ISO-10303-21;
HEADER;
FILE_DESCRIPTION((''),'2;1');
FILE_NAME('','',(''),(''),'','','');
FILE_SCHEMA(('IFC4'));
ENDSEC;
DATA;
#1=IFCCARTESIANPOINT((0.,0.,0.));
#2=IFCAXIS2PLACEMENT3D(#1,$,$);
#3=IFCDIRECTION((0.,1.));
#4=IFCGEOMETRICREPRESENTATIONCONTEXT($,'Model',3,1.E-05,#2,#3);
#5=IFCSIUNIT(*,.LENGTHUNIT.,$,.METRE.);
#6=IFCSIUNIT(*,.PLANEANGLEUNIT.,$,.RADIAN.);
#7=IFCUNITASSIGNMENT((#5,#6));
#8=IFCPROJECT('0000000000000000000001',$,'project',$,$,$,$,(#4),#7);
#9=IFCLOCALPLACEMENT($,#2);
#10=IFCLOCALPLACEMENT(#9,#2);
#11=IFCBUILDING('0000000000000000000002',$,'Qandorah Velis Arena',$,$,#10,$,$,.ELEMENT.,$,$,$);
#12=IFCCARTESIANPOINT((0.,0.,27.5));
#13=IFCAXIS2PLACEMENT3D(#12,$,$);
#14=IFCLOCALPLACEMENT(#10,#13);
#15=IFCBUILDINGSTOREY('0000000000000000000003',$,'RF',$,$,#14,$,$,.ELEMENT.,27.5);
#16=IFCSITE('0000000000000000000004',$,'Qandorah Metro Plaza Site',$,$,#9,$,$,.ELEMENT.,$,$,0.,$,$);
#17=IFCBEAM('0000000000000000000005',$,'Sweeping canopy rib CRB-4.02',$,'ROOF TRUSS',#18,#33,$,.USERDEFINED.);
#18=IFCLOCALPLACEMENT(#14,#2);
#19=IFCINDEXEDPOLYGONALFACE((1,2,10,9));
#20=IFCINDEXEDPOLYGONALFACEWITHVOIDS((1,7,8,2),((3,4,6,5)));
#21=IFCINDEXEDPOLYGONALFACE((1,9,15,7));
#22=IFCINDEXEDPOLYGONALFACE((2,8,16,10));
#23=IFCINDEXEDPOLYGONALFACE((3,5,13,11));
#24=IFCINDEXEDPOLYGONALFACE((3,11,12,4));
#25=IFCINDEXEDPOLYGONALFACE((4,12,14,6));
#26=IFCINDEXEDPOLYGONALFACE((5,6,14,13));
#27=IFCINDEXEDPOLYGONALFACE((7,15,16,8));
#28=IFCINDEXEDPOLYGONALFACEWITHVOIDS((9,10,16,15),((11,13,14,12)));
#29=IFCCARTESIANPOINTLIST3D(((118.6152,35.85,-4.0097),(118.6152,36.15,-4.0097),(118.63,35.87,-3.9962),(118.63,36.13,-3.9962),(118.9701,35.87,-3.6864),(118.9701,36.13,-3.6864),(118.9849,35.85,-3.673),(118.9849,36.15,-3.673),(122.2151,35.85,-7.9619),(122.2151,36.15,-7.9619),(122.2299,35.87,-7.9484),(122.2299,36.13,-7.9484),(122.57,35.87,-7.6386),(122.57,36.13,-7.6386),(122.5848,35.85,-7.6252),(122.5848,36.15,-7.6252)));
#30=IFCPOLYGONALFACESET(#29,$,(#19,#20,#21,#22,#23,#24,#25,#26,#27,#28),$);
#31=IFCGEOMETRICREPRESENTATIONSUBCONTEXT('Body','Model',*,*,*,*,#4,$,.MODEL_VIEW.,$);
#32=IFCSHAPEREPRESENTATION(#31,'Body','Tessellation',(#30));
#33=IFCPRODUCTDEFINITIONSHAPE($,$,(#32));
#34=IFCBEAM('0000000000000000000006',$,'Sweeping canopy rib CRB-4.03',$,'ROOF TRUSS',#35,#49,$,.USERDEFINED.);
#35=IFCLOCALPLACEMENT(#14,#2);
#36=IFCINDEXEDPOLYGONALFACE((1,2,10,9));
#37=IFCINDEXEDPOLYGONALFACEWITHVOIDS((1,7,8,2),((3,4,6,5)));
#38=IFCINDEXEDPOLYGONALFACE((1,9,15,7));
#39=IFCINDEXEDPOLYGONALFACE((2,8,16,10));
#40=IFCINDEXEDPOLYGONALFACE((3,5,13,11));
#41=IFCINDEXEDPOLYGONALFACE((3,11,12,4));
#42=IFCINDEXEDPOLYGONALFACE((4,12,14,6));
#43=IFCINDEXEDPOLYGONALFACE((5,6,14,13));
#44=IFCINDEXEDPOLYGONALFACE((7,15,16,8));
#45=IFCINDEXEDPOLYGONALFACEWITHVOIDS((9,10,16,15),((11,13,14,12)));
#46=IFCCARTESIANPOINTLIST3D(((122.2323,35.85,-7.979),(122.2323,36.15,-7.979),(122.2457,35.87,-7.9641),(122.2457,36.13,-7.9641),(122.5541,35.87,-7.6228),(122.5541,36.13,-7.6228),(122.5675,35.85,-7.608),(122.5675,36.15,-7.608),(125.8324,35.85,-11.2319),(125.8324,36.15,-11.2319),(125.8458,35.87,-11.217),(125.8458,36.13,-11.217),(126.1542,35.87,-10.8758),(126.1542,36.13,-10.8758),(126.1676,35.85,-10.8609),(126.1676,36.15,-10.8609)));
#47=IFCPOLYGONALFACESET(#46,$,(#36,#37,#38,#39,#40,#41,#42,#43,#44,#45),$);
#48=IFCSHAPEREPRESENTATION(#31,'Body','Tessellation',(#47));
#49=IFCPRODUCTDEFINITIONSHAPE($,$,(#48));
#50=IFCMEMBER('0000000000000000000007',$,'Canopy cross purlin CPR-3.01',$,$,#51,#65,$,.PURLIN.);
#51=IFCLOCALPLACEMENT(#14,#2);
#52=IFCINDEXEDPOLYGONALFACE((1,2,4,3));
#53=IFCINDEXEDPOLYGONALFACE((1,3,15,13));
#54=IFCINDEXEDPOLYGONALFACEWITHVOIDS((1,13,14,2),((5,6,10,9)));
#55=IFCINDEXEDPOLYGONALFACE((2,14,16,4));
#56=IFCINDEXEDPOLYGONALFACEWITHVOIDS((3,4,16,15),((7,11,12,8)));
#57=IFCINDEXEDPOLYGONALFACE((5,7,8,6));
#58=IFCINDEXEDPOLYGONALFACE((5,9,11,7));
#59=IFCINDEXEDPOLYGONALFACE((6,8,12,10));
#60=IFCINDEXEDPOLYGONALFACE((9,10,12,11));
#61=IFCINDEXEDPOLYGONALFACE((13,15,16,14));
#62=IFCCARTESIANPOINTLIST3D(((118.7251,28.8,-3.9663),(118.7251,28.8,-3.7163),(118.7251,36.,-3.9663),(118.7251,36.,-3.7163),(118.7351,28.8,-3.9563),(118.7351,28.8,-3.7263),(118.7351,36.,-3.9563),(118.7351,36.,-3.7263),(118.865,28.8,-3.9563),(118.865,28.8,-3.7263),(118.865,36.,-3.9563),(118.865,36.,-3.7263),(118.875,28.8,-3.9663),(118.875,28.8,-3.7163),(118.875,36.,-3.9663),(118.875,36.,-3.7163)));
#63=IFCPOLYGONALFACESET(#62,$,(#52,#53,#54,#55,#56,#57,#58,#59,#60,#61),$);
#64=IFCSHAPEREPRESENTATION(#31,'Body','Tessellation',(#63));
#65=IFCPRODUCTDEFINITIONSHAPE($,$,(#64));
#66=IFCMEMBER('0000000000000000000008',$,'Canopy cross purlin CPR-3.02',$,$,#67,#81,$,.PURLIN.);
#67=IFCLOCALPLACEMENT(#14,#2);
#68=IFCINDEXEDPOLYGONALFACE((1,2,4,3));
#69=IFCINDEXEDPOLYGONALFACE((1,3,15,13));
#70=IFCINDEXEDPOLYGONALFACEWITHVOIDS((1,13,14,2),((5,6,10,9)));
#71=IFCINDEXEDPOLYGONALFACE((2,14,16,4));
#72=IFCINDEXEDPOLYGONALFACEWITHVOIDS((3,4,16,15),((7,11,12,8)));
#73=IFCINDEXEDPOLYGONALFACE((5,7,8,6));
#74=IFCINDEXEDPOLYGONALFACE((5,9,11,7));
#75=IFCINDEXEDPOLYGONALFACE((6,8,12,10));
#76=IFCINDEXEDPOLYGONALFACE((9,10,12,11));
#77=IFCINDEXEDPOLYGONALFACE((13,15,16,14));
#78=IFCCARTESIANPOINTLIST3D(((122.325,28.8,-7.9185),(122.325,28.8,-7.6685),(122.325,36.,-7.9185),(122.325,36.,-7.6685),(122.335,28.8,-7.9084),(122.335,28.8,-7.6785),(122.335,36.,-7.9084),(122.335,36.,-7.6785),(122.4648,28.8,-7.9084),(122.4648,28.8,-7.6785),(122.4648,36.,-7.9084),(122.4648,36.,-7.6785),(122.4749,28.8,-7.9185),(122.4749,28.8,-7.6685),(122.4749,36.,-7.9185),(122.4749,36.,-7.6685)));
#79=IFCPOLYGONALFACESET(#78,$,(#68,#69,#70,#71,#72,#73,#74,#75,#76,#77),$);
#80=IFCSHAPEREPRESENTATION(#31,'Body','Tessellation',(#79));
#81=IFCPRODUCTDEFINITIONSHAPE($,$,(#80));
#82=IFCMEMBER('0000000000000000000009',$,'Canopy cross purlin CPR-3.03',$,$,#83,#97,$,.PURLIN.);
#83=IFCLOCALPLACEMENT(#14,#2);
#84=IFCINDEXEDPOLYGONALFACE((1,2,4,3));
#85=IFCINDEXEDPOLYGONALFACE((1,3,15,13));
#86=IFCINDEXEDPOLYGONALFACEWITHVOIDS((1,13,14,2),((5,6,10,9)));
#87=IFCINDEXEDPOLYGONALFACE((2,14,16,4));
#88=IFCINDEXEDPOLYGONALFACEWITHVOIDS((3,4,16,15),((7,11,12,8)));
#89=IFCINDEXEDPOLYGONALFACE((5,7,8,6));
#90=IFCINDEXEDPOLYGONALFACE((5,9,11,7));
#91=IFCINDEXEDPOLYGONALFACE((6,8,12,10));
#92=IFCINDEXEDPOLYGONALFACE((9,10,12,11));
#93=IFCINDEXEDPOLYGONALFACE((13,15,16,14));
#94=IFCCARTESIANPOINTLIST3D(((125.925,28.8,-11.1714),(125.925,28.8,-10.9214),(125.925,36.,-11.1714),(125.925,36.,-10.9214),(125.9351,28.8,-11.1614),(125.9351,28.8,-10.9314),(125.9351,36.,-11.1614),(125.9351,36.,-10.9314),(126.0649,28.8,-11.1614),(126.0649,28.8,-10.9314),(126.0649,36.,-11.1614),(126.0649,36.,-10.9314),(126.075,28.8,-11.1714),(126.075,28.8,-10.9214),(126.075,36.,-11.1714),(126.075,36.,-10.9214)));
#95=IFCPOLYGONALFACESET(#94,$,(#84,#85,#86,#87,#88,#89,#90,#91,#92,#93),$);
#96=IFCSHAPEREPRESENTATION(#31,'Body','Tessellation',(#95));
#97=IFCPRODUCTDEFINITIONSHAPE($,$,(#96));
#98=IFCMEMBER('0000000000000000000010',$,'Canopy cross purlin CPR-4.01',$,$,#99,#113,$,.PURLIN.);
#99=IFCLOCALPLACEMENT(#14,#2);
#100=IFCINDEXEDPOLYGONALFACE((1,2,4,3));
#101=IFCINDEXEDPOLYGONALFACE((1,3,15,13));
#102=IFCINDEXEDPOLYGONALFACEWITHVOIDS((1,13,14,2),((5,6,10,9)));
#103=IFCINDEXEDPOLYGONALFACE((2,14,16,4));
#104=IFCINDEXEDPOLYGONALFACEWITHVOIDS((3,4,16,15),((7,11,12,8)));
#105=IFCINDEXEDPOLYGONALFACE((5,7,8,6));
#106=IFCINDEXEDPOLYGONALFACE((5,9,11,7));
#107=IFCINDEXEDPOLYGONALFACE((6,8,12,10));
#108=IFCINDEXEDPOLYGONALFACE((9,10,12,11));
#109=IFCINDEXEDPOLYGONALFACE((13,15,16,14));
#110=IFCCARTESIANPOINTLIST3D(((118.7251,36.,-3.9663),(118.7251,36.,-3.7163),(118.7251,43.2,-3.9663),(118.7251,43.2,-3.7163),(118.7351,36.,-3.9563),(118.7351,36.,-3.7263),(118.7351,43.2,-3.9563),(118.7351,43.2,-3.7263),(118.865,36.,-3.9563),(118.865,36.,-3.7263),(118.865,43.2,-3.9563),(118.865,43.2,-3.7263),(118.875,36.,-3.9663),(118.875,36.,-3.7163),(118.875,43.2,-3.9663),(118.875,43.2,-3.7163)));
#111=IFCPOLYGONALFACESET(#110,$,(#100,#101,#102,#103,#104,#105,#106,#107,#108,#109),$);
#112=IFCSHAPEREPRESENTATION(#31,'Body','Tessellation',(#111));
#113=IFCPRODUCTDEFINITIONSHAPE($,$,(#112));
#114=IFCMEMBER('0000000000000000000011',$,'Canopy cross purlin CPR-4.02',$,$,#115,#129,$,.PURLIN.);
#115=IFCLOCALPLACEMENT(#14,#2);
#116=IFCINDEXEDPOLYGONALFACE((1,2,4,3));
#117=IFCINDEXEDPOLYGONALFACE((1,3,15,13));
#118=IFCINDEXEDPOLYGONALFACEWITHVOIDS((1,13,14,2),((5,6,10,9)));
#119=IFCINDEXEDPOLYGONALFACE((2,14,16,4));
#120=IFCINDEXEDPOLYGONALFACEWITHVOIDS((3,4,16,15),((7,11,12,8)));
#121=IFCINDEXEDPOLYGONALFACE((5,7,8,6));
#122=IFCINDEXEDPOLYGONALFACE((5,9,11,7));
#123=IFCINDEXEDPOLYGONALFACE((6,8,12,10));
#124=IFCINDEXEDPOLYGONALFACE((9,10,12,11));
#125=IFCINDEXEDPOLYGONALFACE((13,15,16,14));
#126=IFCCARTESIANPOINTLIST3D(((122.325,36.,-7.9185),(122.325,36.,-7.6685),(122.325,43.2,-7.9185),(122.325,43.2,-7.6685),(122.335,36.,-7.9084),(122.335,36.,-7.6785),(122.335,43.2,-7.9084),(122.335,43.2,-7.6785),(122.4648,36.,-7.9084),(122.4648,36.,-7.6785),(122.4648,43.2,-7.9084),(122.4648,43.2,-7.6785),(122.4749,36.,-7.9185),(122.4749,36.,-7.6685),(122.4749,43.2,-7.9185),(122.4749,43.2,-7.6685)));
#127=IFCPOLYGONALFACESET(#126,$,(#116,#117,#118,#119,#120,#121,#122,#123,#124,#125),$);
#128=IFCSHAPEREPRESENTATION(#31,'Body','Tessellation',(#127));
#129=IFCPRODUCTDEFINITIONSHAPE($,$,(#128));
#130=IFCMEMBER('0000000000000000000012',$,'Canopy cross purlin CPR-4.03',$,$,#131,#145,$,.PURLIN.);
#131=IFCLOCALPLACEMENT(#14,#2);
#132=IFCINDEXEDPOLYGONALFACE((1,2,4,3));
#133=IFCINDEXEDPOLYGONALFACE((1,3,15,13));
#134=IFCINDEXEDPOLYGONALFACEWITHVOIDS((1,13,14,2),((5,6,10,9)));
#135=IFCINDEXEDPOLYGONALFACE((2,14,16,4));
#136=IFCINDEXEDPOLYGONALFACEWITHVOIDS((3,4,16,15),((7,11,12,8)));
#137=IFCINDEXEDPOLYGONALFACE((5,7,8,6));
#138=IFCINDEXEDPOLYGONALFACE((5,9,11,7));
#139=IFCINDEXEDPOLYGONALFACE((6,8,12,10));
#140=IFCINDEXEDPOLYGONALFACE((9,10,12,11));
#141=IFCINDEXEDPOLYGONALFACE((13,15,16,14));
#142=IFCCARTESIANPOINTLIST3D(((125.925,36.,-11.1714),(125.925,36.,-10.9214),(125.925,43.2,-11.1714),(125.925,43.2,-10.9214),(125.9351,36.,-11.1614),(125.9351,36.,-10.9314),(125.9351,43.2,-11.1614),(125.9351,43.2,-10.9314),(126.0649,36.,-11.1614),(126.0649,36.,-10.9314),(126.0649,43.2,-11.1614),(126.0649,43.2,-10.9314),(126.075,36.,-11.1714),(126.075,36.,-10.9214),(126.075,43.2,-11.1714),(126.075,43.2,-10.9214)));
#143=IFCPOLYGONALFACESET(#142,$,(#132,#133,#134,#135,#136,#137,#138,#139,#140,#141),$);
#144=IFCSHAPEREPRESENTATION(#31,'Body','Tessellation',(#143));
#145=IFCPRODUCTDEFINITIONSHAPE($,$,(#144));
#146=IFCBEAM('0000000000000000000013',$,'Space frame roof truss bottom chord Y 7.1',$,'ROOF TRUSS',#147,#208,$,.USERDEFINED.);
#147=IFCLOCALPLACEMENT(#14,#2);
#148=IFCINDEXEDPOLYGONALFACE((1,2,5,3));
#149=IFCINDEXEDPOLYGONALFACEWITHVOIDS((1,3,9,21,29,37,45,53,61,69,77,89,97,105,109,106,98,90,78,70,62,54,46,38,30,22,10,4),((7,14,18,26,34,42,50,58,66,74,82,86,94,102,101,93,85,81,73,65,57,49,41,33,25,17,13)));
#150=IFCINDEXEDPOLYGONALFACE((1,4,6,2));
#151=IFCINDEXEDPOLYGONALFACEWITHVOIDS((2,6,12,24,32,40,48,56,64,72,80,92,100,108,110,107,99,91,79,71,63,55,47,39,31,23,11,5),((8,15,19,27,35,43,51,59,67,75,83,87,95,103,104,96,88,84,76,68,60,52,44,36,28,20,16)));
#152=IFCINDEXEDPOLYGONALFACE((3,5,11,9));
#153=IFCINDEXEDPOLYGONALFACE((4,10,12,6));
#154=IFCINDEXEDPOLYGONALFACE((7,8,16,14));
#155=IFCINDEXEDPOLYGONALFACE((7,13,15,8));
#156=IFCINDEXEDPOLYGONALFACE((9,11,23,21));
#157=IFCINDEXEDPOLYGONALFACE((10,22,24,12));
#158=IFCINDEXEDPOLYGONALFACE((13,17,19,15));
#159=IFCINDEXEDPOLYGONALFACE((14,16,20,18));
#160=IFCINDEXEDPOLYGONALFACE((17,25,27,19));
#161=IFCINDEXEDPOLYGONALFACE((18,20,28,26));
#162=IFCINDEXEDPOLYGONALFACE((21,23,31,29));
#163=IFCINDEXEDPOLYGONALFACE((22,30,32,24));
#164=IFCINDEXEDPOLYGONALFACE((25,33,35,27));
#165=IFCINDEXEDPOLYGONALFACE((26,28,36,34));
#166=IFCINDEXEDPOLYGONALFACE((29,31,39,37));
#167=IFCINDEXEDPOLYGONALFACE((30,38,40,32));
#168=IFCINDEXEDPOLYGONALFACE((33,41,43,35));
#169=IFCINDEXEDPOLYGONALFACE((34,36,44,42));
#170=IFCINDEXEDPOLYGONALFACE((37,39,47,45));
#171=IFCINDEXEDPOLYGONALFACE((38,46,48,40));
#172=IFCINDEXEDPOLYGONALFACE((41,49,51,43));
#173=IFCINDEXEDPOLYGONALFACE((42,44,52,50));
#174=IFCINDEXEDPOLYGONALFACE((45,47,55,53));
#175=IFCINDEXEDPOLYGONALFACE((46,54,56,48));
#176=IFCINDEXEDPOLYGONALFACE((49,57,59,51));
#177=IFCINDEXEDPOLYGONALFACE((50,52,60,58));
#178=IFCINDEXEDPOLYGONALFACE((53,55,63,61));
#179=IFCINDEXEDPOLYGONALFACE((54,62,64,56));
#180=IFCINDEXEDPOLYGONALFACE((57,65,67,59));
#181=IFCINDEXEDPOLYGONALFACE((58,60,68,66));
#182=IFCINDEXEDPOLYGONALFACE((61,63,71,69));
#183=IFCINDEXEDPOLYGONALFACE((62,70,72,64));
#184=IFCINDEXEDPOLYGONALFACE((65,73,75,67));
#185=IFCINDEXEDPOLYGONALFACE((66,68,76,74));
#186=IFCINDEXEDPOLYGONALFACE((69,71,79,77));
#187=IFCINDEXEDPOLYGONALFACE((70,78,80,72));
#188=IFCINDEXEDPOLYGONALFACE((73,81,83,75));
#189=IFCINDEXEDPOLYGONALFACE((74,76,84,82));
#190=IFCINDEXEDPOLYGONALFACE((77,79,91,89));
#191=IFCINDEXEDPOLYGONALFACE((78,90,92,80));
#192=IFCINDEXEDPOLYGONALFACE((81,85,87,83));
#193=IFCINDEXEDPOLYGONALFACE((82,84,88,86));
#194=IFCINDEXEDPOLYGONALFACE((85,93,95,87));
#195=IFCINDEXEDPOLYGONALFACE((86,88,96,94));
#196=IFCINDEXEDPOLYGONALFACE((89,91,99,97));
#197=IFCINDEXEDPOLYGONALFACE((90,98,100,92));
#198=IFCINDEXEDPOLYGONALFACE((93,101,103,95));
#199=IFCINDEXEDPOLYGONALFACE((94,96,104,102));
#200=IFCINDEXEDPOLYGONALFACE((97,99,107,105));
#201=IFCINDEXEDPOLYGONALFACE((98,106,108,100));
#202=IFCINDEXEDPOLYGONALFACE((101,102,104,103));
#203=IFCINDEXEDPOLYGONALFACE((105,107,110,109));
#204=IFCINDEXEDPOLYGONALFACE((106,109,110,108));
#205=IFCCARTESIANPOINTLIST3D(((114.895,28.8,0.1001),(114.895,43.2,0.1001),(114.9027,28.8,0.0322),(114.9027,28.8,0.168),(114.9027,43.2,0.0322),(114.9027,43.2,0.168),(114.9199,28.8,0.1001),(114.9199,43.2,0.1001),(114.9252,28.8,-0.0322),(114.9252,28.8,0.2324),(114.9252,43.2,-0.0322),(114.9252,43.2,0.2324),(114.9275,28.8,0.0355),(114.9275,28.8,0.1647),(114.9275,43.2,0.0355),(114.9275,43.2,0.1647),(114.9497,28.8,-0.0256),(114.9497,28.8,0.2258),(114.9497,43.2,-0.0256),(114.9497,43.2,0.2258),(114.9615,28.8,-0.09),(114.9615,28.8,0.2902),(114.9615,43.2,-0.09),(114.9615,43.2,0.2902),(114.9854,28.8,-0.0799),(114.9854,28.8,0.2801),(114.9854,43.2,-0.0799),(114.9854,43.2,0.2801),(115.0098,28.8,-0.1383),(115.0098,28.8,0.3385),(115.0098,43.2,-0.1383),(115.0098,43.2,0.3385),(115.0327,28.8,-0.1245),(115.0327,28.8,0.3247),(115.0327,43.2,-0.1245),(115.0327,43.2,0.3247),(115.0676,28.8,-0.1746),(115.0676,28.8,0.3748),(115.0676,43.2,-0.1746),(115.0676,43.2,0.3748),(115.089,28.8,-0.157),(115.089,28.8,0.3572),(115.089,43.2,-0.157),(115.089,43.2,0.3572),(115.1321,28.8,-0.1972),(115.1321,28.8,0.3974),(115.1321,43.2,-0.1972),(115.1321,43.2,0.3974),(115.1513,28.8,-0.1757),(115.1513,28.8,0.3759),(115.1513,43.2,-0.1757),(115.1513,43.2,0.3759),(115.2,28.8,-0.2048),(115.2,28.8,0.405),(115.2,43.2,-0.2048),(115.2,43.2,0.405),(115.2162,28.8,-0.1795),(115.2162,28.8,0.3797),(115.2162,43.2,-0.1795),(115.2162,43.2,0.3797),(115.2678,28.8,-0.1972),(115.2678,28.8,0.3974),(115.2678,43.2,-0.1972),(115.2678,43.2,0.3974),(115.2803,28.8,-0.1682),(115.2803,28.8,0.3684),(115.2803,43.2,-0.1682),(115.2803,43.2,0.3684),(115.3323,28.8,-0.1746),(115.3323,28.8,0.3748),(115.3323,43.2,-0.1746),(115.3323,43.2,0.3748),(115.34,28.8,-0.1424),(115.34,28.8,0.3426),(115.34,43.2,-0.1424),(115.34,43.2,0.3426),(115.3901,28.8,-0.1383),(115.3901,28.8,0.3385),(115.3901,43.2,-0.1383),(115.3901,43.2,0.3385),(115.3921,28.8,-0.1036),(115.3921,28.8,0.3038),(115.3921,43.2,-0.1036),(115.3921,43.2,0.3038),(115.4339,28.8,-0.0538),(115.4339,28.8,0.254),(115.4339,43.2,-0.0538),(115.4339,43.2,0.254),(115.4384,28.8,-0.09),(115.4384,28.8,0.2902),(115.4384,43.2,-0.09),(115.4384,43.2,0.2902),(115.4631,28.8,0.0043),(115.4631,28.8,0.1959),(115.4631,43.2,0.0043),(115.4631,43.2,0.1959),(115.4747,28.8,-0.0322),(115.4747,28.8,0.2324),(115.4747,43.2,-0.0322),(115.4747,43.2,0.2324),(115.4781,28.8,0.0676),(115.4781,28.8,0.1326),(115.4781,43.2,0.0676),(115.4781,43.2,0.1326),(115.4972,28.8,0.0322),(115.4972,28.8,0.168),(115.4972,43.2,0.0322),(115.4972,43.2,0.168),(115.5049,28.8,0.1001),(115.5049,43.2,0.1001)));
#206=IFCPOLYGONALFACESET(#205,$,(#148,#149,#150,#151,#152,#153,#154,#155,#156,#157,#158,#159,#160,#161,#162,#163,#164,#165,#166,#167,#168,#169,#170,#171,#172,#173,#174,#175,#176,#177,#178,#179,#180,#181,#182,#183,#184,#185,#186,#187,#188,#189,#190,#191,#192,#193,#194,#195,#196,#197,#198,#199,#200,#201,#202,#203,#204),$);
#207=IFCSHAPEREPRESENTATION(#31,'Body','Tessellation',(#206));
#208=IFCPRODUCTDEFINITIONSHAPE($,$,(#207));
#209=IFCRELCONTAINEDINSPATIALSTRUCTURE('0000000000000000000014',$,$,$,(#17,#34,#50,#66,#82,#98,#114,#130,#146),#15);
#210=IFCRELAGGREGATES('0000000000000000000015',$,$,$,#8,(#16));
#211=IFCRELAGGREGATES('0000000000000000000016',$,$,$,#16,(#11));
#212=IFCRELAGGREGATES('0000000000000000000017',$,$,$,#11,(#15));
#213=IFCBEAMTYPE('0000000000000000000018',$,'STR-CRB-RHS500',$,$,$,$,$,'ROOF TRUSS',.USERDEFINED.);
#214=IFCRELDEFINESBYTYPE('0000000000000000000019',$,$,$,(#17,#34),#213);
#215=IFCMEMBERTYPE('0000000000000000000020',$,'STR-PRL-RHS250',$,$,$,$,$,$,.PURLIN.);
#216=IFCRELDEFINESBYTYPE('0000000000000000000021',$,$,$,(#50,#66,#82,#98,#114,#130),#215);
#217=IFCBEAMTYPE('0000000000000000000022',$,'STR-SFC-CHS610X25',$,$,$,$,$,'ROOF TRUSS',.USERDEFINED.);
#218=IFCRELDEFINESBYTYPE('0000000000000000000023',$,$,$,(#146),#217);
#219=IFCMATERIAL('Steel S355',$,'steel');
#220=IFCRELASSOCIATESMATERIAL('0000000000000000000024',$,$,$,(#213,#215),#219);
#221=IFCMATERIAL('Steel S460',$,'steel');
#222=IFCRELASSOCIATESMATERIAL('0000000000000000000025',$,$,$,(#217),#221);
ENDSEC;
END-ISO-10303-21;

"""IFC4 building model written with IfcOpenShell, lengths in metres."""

from ifc_helpers import new_model, si_unit, direction, frame, origin, origin_2d, place, context, subcontext, project, spatial, hollow_rectangle, hollow_circle, extrude, material, material_profile, profile_set, type_object, element, save


model = new_model("IFC4")

# Units and contexts
model_context = context("Model", 3, precision=1e-05, world=origin(), true_north=direction((0.0, 1.0)))
body_context = subcontext(model_context, "Body", "Model", "MODEL_VIEW")
ifc_project = project(units=[si_unit("LENGTHUNIT", "METRE"), si_unit("PLANEANGLEUNIT", "RADIAN")], contexts=[model_context])

# Site, building, storey
site_placement = place(None, origin())
site = spatial("IfcSite", under=ifc_project, at=site_placement, Name="Qandorah Metro Plaza Site", CompositionType="ELEMENT", RefElevation=0.0)
building_placement = place(site_placement, origin())
building = spatial("IfcBuilding", under=site, at=building_placement, Name="Qandorah Velis Arena", CompositionType="ELEMENT")
storey_placement = place(building_placement, frame((0.0, 0.0, 27.5)))
storey = spatial("IfcBuildingStorey", under=building, at=storey_placement, Name="RF", CompositionType="ELEMENT", Elevation=27.5)

# Beams
ifc_material_1 = material(Name="Steel S355", Category="steel")
ifc_material_profile_1 = material_profile(ifc_material_1, hollow_rectangle(XDim=0.3, YDim=0.5, WallThickness=0.02, at=origin_2d()), Name="RHS 500x300x20")
ifc_profile_set_1 = profile_set([ifc_material_profile_1], Name="Steel S355")
beam_type_1 = type_object("IfcBeamType", Name="STR-CRB-RHS500", ElementType="ROOF TRUSS", PredefinedType="USERDEFINED", material=ifc_profile_set_1)
beam_1_placement = place(storey_placement, frame((118.8, 36.0, -3.8413), z_axis=(0.673389, 0.0, -0.739289), x_axis=(0.0, 1.0, 0.0)))
element("IfcBeam", 1, at=beam_1_placement, inside=storey, type_object=beam_type_1, Name="Sweeping canopy rib CRB-4.02", ObjectType="ROOF TRUSS", PredefinedType="USERDEFINED", context=body_context, shape_type="SweptSolid", body=[
    extrude(hollow_rectangle(XDim=0.3, YDim=0.5, WallThickness=0.02, at=origin_2d()), origin(), (0.0, 0.0, 1.0), 5.3459),
])
beam_2_placement = place(storey_placement, frame((122.3999, 36.0, -7.7935), z_axis=(0.741977, 0.0, -0.670426), x_axis=(0.0, 1.0, 0.0)))
element("IfcBeam", 2, at=beam_2_placement, inside=storey, type_object=beam_type_1, Name="Sweeping canopy rib CRB-4.03", ObjectType="ROOF TRUSS", PredefinedType="USERDEFINED", context=body_context, shape_type="SweptSolid", body=[
    extrude(hollow_rectangle(XDim=0.3, YDim=0.5, WallThickness=0.02, at=origin_2d()), origin(), (0.0, 0.0, 1.0), 4.8521),
])

# Members
ifc_material_profile_2 = material_profile(ifc_material_1, hollow_rectangle(XDim=0.1499, YDim=0.25, WallThickness=0.01, at=origin_2d()), Name="RHS 250x150x10")
ifc_profile_set_2 = profile_set([ifc_material_profile_2], Name="Steel S355")
member_type_1 = type_object("IfcMemberType", Name="STR-PRL-RHS250", PredefinedType="PURLIN", material=ifc_profile_set_2)
for number, where, z_axis, x_axis, name in (
    (3, (118.8, 28.8, -3.8413), (0.0, 1.0, 0.0), (-1.0, 0.0, 0.0), "Canopy cross purlin CPR-3.01"),
    (4, (122.3999, 28.8, -7.7935), (0.0, 1.0, 0.0), (-1.0, 0.0, 0.0), "Canopy cross purlin CPR-3.02"),
    (5, (126.0, 28.8, -11.0464), (0.0, 1.0, 0.0), (-1.0, 0.0, 0.0), "Canopy cross purlin CPR-3.03"),
    (6, (118.8, 36.0, -3.8413), (0.0, 1.0, 0.0), (-1.0, 0.0, 0.0), "Canopy cross purlin CPR-4.01"),
    (7, (122.3999, 36.0, -7.7935), (0.0, 1.0, 0.0), (-1.0, 0.0, 0.0), "Canopy cross purlin CPR-4.02"),
    (8, (126.0, 36.0, -11.0464), (0.0, 1.0, 0.0), (-1.0, 0.0, 0.0), "Canopy cross purlin CPR-4.03"),
):
    element("IfcMember", number, at=place(storey_placement, frame(where, z_axis=z_axis, x_axis=x_axis)), inside=storey, type_object=member_type_1, Name=name, PredefinedType="PURLIN", context=body_context, shape_type="SweptSolid", body=[
        extrude(hollow_rectangle(XDim=0.1499, YDim=0.25, WallThickness=0.01, at=origin_2d()), origin(), (0.0, 0.0, 1.0), 7.2),
    ])

# Beam
ifc_material_2 = material(Name="Steel S460", Category="steel")
ifc_material_profile_3 = material_profile(ifc_material_2, hollow_circle(Radius=0.3049, WallThickness=0.0249, at=origin_2d()), Name="CHS 610x25")
ifc_profile_set_3 = profile_set([ifc_material_profile_3], Name="Steel S460")
beam_type_2 = type_object("IfcBeamType", Name="STR-SFC-CHS610X25", ElementType="ROOF TRUSS", PredefinedType="USERDEFINED", material=ifc_profile_set_3)
beam_3_placement = place(storey_placement, frame((115.2, 28.8, 0.1001), z_axis=(0.0, 1.0, 0.0), x_axis=(-1.0, 0.0, 0.0)))
element("IfcBeam", 9, at=beam_3_placement, inside=storey, type_object=beam_type_2, Name="Space frame roof truss bottom chord Y 7.1", ObjectType="ROOF TRUSS", PredefinedType="USERDEFINED", context=body_context, shape_type="SweptSolid", body=[
    extrude(hollow_circle(Radius=0.3049, WallThickness=0.0249, at=origin_2d()), origin(), (0.0, 0.0, 1.0), 14.3999),
])

save(model, "model.ifc")
